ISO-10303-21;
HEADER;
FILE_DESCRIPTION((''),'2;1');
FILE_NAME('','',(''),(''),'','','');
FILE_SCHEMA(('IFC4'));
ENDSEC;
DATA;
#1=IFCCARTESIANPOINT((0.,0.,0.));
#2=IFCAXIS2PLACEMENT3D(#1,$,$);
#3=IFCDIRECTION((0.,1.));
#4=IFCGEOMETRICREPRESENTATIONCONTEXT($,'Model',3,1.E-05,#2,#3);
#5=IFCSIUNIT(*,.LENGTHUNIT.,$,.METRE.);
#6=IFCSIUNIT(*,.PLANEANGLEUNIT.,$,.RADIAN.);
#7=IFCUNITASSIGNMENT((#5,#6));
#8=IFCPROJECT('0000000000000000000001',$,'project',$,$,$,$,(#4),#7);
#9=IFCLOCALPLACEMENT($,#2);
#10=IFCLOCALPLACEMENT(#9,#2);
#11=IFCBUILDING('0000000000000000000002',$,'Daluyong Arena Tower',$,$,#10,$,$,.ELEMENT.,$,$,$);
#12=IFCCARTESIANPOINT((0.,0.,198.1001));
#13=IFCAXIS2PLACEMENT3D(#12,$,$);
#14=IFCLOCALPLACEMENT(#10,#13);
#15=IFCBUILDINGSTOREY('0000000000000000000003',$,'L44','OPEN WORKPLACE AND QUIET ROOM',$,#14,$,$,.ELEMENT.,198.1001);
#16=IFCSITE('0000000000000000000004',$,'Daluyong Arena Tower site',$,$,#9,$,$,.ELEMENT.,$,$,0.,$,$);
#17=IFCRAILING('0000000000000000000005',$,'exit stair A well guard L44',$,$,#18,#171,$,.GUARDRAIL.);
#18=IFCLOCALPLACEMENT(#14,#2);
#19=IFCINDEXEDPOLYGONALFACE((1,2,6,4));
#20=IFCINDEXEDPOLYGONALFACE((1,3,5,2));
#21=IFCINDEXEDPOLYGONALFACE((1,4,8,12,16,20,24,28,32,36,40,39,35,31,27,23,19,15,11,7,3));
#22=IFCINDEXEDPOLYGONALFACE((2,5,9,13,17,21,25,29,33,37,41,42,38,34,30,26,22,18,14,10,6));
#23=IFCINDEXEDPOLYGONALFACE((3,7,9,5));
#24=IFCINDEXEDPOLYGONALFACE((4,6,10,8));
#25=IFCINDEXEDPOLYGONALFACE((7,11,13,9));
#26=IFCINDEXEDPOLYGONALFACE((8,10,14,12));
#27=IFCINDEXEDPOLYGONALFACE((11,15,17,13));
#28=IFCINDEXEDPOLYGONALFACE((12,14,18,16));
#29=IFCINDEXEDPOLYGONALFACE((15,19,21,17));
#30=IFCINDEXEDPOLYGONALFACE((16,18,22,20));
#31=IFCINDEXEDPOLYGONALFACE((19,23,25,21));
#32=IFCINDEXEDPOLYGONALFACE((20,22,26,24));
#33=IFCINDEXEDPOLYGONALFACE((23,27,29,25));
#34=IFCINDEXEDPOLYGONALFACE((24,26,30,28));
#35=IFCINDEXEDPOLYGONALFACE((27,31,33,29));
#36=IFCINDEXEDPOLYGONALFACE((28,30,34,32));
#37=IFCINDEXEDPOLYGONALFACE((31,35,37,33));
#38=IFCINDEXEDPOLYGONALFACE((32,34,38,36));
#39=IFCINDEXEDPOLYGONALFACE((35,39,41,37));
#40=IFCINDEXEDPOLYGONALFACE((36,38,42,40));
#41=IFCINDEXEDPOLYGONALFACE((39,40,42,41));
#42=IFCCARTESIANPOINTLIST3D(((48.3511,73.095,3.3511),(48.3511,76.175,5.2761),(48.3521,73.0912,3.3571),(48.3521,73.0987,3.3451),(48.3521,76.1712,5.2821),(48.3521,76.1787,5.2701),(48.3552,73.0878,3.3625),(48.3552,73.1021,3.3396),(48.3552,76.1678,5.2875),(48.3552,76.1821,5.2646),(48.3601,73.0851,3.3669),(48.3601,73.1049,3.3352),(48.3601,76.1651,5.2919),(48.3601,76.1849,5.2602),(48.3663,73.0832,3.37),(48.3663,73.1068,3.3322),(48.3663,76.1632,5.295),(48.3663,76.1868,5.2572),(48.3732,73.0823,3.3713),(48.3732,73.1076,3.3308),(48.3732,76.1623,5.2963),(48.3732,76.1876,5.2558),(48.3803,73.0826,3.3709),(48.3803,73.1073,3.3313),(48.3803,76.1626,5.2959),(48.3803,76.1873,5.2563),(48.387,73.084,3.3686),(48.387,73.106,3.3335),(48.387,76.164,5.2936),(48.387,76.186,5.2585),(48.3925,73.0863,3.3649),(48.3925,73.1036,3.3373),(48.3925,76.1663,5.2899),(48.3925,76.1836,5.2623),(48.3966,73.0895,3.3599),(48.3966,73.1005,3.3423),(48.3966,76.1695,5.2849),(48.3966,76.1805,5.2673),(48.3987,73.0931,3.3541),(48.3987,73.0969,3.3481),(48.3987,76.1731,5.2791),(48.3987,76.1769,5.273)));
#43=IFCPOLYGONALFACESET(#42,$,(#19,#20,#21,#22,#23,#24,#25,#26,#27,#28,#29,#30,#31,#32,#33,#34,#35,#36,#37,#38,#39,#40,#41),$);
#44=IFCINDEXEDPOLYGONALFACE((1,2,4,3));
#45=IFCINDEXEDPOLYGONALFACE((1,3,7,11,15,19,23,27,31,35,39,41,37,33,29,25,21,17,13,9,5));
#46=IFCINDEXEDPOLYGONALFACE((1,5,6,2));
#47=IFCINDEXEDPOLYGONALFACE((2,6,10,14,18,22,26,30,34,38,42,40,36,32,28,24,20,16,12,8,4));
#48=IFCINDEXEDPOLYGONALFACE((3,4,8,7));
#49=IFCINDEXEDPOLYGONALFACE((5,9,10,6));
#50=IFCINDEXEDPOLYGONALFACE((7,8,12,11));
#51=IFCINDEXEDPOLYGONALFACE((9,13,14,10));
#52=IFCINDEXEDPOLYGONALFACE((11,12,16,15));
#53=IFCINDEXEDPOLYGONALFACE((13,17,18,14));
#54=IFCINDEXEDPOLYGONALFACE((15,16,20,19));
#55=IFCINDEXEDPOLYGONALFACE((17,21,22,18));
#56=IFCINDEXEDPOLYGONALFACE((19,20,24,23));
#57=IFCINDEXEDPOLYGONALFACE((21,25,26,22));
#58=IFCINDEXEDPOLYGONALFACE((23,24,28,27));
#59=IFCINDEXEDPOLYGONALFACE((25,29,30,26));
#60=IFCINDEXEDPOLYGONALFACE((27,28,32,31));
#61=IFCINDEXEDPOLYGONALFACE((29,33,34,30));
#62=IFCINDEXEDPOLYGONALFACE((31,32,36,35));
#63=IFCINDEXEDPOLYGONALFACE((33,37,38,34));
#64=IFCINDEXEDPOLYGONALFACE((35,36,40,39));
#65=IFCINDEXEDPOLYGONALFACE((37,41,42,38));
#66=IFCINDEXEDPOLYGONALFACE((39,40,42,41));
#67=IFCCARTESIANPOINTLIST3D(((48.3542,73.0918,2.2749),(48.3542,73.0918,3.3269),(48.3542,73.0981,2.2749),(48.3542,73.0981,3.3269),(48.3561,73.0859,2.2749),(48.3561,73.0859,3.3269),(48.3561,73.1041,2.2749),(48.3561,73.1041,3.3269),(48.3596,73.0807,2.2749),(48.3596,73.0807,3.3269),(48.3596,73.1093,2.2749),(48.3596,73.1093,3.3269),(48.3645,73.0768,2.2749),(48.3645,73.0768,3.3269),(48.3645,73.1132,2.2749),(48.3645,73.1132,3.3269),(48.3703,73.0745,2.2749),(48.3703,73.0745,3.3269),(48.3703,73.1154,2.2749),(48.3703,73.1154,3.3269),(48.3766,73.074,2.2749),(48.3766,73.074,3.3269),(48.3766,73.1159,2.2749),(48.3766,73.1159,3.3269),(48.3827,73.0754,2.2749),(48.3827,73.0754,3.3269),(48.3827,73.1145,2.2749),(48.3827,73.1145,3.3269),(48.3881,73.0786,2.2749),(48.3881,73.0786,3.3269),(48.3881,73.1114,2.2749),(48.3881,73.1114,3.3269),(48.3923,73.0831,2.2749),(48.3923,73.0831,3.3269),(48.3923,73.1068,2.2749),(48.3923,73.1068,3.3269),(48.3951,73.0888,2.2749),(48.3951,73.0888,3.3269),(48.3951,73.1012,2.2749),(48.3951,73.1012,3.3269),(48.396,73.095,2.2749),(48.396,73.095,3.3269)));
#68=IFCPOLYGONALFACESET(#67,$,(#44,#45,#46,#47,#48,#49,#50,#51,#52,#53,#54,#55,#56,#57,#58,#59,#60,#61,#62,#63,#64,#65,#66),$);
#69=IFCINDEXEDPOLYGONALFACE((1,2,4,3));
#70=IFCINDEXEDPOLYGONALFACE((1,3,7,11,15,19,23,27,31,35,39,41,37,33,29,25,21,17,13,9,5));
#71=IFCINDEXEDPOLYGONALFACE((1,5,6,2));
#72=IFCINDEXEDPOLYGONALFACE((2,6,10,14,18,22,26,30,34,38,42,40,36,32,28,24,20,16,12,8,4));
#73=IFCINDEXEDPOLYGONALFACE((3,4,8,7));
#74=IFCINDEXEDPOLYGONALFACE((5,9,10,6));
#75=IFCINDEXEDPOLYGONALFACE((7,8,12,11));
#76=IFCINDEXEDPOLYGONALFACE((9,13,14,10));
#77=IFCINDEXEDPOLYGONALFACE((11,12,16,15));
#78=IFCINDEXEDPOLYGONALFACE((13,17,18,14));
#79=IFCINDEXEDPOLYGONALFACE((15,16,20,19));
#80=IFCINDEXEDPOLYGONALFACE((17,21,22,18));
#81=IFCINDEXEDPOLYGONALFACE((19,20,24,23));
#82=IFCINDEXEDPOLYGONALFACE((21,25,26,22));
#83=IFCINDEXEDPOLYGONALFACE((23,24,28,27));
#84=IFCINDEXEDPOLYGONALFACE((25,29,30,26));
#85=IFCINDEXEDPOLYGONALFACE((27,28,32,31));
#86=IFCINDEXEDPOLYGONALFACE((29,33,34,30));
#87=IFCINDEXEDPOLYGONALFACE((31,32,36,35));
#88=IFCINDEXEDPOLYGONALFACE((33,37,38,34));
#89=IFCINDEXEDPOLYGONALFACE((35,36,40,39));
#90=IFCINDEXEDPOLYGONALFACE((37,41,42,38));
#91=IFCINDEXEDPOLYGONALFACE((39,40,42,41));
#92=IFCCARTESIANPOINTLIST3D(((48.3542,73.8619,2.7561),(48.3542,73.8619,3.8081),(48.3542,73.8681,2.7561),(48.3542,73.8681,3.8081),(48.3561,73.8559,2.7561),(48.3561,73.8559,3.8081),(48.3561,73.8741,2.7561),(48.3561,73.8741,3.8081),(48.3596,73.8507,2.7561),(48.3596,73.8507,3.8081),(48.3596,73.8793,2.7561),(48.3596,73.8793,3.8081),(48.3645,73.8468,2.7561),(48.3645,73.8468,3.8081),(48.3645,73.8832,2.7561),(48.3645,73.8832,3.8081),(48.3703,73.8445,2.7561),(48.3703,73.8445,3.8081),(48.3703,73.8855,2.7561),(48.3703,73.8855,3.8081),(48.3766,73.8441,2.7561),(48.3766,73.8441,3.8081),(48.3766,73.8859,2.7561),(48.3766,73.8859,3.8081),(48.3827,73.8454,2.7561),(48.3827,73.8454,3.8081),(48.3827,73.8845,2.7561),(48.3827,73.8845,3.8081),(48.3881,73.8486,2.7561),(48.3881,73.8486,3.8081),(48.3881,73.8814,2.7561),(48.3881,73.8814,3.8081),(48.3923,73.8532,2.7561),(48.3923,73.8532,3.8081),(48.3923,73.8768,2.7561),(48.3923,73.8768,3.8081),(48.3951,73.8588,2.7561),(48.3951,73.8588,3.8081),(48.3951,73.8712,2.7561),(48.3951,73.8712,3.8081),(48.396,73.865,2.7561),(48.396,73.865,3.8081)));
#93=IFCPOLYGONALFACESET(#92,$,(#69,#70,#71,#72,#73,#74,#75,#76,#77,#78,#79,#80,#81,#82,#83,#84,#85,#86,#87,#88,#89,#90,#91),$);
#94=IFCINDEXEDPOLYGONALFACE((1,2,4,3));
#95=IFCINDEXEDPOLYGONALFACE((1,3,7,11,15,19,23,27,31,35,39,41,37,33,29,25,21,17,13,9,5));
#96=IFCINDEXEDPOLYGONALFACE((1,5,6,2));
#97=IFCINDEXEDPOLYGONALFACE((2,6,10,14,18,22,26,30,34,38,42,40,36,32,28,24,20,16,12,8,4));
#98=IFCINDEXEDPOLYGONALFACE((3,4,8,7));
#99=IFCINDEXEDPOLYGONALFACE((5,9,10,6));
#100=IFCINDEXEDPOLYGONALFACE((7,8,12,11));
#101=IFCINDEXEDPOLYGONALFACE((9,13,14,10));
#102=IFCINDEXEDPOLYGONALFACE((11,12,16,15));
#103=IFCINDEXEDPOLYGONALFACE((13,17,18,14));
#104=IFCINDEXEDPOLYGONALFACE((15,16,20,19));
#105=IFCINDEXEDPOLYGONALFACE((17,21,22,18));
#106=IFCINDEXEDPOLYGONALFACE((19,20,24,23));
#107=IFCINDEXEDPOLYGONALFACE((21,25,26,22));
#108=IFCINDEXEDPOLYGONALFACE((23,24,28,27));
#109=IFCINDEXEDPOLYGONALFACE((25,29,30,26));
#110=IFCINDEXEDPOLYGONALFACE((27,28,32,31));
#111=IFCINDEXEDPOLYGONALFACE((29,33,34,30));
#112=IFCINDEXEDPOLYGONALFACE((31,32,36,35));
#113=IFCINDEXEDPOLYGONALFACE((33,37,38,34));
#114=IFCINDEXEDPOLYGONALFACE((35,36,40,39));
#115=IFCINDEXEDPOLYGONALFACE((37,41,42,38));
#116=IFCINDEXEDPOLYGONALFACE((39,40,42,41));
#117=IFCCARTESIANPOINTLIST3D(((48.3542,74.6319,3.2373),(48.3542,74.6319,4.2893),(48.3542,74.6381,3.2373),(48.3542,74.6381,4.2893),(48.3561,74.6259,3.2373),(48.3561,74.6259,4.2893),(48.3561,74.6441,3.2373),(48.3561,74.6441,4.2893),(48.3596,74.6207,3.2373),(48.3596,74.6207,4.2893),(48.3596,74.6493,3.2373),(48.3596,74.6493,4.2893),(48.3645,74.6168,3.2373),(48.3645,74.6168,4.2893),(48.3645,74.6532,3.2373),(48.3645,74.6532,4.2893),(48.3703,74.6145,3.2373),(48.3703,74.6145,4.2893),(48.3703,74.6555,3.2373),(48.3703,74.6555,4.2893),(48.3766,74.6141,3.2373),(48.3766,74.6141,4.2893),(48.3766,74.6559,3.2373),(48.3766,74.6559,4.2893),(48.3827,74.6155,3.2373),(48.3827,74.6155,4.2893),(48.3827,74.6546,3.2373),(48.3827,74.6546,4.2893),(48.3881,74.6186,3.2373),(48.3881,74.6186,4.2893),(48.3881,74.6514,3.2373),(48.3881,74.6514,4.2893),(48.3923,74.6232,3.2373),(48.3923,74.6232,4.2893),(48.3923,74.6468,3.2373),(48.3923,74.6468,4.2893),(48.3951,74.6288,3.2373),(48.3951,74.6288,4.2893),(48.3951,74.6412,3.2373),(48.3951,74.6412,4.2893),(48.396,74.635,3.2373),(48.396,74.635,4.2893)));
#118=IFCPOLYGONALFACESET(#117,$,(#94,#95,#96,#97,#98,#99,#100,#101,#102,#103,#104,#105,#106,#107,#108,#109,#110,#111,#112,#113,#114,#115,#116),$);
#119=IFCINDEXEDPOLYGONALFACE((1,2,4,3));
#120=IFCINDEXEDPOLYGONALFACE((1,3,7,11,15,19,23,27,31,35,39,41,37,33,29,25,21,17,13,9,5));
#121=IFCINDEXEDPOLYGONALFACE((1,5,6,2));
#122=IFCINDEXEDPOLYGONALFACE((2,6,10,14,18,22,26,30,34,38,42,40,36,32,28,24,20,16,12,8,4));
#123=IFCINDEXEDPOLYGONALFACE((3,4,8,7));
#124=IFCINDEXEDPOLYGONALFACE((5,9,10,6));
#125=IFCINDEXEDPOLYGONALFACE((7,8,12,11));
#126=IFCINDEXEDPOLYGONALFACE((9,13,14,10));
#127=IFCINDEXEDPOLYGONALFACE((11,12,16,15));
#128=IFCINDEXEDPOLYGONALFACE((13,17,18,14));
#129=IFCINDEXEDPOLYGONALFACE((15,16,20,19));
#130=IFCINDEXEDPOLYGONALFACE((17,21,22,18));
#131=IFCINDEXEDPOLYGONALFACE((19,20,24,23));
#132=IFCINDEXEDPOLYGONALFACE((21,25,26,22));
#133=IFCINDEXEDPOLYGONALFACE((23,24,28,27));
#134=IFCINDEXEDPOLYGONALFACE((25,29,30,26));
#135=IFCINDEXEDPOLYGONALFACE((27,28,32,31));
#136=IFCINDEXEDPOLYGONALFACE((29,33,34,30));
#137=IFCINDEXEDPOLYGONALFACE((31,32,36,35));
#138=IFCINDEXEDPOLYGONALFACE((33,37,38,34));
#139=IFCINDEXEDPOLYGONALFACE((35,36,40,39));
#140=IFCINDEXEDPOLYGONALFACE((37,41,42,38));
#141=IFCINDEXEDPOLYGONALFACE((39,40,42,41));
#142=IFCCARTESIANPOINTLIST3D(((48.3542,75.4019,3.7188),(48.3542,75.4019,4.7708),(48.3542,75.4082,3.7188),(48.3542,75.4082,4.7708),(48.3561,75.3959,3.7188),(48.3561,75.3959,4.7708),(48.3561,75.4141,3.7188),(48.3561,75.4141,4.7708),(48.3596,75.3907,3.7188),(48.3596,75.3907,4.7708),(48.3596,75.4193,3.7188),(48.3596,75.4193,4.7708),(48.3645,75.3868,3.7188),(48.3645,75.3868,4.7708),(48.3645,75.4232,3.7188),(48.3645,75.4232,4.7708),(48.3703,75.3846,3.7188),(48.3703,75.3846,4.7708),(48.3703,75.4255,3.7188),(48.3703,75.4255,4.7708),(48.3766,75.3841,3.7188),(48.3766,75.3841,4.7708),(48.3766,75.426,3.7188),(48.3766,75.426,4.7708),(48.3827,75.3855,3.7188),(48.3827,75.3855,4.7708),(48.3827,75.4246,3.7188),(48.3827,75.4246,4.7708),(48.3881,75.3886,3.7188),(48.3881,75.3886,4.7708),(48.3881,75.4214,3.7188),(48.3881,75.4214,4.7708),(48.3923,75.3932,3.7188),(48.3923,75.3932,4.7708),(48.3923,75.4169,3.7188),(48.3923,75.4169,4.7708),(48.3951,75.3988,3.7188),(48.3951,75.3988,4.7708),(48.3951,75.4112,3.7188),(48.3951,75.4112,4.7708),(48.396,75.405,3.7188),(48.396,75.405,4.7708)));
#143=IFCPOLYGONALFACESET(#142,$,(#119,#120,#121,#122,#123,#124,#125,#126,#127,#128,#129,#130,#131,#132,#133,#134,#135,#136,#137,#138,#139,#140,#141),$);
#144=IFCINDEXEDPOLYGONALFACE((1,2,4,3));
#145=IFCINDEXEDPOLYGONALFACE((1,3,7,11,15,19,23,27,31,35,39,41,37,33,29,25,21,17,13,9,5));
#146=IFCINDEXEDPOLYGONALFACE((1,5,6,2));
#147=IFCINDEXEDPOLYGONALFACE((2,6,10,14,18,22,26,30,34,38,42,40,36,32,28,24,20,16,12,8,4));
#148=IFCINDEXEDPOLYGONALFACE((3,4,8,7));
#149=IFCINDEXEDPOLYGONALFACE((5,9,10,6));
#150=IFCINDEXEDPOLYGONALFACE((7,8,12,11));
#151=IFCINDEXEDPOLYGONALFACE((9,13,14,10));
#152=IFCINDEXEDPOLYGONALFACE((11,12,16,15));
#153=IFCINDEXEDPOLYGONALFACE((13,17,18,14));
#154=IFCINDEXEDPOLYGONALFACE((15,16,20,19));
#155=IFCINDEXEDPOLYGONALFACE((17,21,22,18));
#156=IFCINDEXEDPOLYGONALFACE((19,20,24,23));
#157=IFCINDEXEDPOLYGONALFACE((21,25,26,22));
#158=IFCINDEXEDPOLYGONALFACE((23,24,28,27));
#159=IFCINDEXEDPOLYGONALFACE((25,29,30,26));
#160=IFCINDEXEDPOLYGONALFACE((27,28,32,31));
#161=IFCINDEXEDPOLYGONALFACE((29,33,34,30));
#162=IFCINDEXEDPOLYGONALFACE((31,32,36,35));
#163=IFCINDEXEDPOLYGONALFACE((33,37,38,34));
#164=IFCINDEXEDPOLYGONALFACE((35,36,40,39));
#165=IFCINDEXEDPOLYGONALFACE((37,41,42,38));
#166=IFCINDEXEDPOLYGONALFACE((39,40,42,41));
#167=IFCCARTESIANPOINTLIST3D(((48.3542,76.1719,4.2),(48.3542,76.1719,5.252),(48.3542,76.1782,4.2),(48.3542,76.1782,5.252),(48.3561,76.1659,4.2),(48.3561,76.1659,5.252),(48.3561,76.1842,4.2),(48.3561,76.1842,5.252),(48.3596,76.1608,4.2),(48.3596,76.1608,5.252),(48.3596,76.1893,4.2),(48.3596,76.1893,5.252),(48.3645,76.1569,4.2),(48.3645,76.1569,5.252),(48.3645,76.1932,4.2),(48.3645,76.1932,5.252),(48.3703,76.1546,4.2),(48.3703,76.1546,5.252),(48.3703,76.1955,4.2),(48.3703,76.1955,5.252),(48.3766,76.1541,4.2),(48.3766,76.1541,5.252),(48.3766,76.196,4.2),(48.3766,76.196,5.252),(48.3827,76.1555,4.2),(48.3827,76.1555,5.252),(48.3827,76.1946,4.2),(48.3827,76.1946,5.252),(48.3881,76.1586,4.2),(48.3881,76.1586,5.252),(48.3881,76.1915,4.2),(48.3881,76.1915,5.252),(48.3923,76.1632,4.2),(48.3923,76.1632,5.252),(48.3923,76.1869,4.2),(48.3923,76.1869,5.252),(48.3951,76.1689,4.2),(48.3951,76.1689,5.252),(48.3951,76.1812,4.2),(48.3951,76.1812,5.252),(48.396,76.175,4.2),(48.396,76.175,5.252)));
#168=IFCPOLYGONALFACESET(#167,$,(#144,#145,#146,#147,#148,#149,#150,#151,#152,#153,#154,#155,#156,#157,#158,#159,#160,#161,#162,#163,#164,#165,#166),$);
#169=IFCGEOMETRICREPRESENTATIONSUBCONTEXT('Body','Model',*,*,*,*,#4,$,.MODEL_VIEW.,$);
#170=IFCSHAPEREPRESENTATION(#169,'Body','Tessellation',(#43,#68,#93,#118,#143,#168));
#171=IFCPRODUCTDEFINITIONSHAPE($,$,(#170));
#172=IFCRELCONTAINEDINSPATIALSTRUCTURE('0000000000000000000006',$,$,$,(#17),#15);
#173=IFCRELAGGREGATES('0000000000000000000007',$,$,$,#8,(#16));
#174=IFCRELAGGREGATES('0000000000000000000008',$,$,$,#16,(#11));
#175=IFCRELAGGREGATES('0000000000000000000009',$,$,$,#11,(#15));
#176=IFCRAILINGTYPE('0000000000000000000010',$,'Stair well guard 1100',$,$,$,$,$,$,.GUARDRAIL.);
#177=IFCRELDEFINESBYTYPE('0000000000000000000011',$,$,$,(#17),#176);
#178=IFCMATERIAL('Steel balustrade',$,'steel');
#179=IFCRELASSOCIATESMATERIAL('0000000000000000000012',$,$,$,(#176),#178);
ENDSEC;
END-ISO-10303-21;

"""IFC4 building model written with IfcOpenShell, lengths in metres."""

from ifc_helpers import new_model, si_unit, direction, frame, origin, origin_2d, place, context, subcontext, project, spatial, circle, extrude, material, type_object, element, save


model = new_model("IFC4")

# Units and contexts
model_context = context("Model", 3, precision=1e-05, world=origin(), true_north=direction((0.0, 1.0)))
body_context = subcontext(model_context, "Body", "Model", "MODEL_VIEW")
ifc_project = project(units=[si_unit("LENGTHUNIT", "METRE"), si_unit("PLANEANGLEUNIT", "RADIAN")], contexts=[model_context])

# Site, building, storey
site_placement = place(None, origin())
site = spatial("IfcSite", under=ifc_project, at=site_placement, Name="Daluyong Arena Tower site", CompositionType="ELEMENT", RefElevation=0.0)
building_placement = place(site_placement, origin())
building = spatial("IfcBuilding", under=site, at=building_placement, Name="Daluyong Arena Tower", CompositionType="ELEMENT")
storey_placement = place(building_placement, frame((0.0, 0.0, 198.1001)))
storey = spatial("IfcBuildingStorey", under=building, at=storey_placement, Name="L44", Description="OPEN WORKPLACE AND QUIET ROOM", CompositionType="ELEMENT", Elevation=198.1001)

# Railing
ifc_material_1 = material(Name="Steel balustrade", Category="steel")
railing_type_1 = type_object("IfcRailingType", Name="Stair well guard 1100", PredefinedType="GUARDRAIL", material=ifc_material_1)
railing_1_placement = place(storey_placement, frame((48.375, 73.095, 2.2749)))
element("IfcRailing", 1, at=railing_1_placement, inside=storey, type_object=railing_type_1, Name="exit stair A well guard L44", PredefinedType="GUARDRAIL", context=body_context, shape_type="SweptSolid", body=[
    extrude(circle(Radius=0.0239, at=origin_2d()), frame((0.0, 0.0, 1.0762), z_axis=(0.0, 0.847998, 0.529999), x_axis=(-1.0, 0.0, 0.0)), (0.0, 0.0, 1.0), 3.6321),
    extrude(circle(Radius=0.021, at=origin_2d()), origin(), (0.0, 0.0, 1.0), 1.052),
    extrude(circle(Radius=0.021, at=origin_2d()), frame((0.0, 0.77, 0.4812)), (0.0, 0.0, 1.0), 1.052),
    extrude(circle(Radius=0.021, at=origin_2d()), frame((0.0, 1.54, 0.9624)), (0.0, 0.0, 1.0), 1.052),
    extrude(circle(Radius=0.021, at=origin_2d()), frame((0.0, 2.3101, 1.4438)), (0.0, 0.0, 1.0), 1.052),
    extrude(circle(Radius=0.021, at=origin_2d()), frame((0.0, 3.0801, 1.925)), (0.0, 0.0, 1.0), 1.052),
])

save(model, "model.ifc")
